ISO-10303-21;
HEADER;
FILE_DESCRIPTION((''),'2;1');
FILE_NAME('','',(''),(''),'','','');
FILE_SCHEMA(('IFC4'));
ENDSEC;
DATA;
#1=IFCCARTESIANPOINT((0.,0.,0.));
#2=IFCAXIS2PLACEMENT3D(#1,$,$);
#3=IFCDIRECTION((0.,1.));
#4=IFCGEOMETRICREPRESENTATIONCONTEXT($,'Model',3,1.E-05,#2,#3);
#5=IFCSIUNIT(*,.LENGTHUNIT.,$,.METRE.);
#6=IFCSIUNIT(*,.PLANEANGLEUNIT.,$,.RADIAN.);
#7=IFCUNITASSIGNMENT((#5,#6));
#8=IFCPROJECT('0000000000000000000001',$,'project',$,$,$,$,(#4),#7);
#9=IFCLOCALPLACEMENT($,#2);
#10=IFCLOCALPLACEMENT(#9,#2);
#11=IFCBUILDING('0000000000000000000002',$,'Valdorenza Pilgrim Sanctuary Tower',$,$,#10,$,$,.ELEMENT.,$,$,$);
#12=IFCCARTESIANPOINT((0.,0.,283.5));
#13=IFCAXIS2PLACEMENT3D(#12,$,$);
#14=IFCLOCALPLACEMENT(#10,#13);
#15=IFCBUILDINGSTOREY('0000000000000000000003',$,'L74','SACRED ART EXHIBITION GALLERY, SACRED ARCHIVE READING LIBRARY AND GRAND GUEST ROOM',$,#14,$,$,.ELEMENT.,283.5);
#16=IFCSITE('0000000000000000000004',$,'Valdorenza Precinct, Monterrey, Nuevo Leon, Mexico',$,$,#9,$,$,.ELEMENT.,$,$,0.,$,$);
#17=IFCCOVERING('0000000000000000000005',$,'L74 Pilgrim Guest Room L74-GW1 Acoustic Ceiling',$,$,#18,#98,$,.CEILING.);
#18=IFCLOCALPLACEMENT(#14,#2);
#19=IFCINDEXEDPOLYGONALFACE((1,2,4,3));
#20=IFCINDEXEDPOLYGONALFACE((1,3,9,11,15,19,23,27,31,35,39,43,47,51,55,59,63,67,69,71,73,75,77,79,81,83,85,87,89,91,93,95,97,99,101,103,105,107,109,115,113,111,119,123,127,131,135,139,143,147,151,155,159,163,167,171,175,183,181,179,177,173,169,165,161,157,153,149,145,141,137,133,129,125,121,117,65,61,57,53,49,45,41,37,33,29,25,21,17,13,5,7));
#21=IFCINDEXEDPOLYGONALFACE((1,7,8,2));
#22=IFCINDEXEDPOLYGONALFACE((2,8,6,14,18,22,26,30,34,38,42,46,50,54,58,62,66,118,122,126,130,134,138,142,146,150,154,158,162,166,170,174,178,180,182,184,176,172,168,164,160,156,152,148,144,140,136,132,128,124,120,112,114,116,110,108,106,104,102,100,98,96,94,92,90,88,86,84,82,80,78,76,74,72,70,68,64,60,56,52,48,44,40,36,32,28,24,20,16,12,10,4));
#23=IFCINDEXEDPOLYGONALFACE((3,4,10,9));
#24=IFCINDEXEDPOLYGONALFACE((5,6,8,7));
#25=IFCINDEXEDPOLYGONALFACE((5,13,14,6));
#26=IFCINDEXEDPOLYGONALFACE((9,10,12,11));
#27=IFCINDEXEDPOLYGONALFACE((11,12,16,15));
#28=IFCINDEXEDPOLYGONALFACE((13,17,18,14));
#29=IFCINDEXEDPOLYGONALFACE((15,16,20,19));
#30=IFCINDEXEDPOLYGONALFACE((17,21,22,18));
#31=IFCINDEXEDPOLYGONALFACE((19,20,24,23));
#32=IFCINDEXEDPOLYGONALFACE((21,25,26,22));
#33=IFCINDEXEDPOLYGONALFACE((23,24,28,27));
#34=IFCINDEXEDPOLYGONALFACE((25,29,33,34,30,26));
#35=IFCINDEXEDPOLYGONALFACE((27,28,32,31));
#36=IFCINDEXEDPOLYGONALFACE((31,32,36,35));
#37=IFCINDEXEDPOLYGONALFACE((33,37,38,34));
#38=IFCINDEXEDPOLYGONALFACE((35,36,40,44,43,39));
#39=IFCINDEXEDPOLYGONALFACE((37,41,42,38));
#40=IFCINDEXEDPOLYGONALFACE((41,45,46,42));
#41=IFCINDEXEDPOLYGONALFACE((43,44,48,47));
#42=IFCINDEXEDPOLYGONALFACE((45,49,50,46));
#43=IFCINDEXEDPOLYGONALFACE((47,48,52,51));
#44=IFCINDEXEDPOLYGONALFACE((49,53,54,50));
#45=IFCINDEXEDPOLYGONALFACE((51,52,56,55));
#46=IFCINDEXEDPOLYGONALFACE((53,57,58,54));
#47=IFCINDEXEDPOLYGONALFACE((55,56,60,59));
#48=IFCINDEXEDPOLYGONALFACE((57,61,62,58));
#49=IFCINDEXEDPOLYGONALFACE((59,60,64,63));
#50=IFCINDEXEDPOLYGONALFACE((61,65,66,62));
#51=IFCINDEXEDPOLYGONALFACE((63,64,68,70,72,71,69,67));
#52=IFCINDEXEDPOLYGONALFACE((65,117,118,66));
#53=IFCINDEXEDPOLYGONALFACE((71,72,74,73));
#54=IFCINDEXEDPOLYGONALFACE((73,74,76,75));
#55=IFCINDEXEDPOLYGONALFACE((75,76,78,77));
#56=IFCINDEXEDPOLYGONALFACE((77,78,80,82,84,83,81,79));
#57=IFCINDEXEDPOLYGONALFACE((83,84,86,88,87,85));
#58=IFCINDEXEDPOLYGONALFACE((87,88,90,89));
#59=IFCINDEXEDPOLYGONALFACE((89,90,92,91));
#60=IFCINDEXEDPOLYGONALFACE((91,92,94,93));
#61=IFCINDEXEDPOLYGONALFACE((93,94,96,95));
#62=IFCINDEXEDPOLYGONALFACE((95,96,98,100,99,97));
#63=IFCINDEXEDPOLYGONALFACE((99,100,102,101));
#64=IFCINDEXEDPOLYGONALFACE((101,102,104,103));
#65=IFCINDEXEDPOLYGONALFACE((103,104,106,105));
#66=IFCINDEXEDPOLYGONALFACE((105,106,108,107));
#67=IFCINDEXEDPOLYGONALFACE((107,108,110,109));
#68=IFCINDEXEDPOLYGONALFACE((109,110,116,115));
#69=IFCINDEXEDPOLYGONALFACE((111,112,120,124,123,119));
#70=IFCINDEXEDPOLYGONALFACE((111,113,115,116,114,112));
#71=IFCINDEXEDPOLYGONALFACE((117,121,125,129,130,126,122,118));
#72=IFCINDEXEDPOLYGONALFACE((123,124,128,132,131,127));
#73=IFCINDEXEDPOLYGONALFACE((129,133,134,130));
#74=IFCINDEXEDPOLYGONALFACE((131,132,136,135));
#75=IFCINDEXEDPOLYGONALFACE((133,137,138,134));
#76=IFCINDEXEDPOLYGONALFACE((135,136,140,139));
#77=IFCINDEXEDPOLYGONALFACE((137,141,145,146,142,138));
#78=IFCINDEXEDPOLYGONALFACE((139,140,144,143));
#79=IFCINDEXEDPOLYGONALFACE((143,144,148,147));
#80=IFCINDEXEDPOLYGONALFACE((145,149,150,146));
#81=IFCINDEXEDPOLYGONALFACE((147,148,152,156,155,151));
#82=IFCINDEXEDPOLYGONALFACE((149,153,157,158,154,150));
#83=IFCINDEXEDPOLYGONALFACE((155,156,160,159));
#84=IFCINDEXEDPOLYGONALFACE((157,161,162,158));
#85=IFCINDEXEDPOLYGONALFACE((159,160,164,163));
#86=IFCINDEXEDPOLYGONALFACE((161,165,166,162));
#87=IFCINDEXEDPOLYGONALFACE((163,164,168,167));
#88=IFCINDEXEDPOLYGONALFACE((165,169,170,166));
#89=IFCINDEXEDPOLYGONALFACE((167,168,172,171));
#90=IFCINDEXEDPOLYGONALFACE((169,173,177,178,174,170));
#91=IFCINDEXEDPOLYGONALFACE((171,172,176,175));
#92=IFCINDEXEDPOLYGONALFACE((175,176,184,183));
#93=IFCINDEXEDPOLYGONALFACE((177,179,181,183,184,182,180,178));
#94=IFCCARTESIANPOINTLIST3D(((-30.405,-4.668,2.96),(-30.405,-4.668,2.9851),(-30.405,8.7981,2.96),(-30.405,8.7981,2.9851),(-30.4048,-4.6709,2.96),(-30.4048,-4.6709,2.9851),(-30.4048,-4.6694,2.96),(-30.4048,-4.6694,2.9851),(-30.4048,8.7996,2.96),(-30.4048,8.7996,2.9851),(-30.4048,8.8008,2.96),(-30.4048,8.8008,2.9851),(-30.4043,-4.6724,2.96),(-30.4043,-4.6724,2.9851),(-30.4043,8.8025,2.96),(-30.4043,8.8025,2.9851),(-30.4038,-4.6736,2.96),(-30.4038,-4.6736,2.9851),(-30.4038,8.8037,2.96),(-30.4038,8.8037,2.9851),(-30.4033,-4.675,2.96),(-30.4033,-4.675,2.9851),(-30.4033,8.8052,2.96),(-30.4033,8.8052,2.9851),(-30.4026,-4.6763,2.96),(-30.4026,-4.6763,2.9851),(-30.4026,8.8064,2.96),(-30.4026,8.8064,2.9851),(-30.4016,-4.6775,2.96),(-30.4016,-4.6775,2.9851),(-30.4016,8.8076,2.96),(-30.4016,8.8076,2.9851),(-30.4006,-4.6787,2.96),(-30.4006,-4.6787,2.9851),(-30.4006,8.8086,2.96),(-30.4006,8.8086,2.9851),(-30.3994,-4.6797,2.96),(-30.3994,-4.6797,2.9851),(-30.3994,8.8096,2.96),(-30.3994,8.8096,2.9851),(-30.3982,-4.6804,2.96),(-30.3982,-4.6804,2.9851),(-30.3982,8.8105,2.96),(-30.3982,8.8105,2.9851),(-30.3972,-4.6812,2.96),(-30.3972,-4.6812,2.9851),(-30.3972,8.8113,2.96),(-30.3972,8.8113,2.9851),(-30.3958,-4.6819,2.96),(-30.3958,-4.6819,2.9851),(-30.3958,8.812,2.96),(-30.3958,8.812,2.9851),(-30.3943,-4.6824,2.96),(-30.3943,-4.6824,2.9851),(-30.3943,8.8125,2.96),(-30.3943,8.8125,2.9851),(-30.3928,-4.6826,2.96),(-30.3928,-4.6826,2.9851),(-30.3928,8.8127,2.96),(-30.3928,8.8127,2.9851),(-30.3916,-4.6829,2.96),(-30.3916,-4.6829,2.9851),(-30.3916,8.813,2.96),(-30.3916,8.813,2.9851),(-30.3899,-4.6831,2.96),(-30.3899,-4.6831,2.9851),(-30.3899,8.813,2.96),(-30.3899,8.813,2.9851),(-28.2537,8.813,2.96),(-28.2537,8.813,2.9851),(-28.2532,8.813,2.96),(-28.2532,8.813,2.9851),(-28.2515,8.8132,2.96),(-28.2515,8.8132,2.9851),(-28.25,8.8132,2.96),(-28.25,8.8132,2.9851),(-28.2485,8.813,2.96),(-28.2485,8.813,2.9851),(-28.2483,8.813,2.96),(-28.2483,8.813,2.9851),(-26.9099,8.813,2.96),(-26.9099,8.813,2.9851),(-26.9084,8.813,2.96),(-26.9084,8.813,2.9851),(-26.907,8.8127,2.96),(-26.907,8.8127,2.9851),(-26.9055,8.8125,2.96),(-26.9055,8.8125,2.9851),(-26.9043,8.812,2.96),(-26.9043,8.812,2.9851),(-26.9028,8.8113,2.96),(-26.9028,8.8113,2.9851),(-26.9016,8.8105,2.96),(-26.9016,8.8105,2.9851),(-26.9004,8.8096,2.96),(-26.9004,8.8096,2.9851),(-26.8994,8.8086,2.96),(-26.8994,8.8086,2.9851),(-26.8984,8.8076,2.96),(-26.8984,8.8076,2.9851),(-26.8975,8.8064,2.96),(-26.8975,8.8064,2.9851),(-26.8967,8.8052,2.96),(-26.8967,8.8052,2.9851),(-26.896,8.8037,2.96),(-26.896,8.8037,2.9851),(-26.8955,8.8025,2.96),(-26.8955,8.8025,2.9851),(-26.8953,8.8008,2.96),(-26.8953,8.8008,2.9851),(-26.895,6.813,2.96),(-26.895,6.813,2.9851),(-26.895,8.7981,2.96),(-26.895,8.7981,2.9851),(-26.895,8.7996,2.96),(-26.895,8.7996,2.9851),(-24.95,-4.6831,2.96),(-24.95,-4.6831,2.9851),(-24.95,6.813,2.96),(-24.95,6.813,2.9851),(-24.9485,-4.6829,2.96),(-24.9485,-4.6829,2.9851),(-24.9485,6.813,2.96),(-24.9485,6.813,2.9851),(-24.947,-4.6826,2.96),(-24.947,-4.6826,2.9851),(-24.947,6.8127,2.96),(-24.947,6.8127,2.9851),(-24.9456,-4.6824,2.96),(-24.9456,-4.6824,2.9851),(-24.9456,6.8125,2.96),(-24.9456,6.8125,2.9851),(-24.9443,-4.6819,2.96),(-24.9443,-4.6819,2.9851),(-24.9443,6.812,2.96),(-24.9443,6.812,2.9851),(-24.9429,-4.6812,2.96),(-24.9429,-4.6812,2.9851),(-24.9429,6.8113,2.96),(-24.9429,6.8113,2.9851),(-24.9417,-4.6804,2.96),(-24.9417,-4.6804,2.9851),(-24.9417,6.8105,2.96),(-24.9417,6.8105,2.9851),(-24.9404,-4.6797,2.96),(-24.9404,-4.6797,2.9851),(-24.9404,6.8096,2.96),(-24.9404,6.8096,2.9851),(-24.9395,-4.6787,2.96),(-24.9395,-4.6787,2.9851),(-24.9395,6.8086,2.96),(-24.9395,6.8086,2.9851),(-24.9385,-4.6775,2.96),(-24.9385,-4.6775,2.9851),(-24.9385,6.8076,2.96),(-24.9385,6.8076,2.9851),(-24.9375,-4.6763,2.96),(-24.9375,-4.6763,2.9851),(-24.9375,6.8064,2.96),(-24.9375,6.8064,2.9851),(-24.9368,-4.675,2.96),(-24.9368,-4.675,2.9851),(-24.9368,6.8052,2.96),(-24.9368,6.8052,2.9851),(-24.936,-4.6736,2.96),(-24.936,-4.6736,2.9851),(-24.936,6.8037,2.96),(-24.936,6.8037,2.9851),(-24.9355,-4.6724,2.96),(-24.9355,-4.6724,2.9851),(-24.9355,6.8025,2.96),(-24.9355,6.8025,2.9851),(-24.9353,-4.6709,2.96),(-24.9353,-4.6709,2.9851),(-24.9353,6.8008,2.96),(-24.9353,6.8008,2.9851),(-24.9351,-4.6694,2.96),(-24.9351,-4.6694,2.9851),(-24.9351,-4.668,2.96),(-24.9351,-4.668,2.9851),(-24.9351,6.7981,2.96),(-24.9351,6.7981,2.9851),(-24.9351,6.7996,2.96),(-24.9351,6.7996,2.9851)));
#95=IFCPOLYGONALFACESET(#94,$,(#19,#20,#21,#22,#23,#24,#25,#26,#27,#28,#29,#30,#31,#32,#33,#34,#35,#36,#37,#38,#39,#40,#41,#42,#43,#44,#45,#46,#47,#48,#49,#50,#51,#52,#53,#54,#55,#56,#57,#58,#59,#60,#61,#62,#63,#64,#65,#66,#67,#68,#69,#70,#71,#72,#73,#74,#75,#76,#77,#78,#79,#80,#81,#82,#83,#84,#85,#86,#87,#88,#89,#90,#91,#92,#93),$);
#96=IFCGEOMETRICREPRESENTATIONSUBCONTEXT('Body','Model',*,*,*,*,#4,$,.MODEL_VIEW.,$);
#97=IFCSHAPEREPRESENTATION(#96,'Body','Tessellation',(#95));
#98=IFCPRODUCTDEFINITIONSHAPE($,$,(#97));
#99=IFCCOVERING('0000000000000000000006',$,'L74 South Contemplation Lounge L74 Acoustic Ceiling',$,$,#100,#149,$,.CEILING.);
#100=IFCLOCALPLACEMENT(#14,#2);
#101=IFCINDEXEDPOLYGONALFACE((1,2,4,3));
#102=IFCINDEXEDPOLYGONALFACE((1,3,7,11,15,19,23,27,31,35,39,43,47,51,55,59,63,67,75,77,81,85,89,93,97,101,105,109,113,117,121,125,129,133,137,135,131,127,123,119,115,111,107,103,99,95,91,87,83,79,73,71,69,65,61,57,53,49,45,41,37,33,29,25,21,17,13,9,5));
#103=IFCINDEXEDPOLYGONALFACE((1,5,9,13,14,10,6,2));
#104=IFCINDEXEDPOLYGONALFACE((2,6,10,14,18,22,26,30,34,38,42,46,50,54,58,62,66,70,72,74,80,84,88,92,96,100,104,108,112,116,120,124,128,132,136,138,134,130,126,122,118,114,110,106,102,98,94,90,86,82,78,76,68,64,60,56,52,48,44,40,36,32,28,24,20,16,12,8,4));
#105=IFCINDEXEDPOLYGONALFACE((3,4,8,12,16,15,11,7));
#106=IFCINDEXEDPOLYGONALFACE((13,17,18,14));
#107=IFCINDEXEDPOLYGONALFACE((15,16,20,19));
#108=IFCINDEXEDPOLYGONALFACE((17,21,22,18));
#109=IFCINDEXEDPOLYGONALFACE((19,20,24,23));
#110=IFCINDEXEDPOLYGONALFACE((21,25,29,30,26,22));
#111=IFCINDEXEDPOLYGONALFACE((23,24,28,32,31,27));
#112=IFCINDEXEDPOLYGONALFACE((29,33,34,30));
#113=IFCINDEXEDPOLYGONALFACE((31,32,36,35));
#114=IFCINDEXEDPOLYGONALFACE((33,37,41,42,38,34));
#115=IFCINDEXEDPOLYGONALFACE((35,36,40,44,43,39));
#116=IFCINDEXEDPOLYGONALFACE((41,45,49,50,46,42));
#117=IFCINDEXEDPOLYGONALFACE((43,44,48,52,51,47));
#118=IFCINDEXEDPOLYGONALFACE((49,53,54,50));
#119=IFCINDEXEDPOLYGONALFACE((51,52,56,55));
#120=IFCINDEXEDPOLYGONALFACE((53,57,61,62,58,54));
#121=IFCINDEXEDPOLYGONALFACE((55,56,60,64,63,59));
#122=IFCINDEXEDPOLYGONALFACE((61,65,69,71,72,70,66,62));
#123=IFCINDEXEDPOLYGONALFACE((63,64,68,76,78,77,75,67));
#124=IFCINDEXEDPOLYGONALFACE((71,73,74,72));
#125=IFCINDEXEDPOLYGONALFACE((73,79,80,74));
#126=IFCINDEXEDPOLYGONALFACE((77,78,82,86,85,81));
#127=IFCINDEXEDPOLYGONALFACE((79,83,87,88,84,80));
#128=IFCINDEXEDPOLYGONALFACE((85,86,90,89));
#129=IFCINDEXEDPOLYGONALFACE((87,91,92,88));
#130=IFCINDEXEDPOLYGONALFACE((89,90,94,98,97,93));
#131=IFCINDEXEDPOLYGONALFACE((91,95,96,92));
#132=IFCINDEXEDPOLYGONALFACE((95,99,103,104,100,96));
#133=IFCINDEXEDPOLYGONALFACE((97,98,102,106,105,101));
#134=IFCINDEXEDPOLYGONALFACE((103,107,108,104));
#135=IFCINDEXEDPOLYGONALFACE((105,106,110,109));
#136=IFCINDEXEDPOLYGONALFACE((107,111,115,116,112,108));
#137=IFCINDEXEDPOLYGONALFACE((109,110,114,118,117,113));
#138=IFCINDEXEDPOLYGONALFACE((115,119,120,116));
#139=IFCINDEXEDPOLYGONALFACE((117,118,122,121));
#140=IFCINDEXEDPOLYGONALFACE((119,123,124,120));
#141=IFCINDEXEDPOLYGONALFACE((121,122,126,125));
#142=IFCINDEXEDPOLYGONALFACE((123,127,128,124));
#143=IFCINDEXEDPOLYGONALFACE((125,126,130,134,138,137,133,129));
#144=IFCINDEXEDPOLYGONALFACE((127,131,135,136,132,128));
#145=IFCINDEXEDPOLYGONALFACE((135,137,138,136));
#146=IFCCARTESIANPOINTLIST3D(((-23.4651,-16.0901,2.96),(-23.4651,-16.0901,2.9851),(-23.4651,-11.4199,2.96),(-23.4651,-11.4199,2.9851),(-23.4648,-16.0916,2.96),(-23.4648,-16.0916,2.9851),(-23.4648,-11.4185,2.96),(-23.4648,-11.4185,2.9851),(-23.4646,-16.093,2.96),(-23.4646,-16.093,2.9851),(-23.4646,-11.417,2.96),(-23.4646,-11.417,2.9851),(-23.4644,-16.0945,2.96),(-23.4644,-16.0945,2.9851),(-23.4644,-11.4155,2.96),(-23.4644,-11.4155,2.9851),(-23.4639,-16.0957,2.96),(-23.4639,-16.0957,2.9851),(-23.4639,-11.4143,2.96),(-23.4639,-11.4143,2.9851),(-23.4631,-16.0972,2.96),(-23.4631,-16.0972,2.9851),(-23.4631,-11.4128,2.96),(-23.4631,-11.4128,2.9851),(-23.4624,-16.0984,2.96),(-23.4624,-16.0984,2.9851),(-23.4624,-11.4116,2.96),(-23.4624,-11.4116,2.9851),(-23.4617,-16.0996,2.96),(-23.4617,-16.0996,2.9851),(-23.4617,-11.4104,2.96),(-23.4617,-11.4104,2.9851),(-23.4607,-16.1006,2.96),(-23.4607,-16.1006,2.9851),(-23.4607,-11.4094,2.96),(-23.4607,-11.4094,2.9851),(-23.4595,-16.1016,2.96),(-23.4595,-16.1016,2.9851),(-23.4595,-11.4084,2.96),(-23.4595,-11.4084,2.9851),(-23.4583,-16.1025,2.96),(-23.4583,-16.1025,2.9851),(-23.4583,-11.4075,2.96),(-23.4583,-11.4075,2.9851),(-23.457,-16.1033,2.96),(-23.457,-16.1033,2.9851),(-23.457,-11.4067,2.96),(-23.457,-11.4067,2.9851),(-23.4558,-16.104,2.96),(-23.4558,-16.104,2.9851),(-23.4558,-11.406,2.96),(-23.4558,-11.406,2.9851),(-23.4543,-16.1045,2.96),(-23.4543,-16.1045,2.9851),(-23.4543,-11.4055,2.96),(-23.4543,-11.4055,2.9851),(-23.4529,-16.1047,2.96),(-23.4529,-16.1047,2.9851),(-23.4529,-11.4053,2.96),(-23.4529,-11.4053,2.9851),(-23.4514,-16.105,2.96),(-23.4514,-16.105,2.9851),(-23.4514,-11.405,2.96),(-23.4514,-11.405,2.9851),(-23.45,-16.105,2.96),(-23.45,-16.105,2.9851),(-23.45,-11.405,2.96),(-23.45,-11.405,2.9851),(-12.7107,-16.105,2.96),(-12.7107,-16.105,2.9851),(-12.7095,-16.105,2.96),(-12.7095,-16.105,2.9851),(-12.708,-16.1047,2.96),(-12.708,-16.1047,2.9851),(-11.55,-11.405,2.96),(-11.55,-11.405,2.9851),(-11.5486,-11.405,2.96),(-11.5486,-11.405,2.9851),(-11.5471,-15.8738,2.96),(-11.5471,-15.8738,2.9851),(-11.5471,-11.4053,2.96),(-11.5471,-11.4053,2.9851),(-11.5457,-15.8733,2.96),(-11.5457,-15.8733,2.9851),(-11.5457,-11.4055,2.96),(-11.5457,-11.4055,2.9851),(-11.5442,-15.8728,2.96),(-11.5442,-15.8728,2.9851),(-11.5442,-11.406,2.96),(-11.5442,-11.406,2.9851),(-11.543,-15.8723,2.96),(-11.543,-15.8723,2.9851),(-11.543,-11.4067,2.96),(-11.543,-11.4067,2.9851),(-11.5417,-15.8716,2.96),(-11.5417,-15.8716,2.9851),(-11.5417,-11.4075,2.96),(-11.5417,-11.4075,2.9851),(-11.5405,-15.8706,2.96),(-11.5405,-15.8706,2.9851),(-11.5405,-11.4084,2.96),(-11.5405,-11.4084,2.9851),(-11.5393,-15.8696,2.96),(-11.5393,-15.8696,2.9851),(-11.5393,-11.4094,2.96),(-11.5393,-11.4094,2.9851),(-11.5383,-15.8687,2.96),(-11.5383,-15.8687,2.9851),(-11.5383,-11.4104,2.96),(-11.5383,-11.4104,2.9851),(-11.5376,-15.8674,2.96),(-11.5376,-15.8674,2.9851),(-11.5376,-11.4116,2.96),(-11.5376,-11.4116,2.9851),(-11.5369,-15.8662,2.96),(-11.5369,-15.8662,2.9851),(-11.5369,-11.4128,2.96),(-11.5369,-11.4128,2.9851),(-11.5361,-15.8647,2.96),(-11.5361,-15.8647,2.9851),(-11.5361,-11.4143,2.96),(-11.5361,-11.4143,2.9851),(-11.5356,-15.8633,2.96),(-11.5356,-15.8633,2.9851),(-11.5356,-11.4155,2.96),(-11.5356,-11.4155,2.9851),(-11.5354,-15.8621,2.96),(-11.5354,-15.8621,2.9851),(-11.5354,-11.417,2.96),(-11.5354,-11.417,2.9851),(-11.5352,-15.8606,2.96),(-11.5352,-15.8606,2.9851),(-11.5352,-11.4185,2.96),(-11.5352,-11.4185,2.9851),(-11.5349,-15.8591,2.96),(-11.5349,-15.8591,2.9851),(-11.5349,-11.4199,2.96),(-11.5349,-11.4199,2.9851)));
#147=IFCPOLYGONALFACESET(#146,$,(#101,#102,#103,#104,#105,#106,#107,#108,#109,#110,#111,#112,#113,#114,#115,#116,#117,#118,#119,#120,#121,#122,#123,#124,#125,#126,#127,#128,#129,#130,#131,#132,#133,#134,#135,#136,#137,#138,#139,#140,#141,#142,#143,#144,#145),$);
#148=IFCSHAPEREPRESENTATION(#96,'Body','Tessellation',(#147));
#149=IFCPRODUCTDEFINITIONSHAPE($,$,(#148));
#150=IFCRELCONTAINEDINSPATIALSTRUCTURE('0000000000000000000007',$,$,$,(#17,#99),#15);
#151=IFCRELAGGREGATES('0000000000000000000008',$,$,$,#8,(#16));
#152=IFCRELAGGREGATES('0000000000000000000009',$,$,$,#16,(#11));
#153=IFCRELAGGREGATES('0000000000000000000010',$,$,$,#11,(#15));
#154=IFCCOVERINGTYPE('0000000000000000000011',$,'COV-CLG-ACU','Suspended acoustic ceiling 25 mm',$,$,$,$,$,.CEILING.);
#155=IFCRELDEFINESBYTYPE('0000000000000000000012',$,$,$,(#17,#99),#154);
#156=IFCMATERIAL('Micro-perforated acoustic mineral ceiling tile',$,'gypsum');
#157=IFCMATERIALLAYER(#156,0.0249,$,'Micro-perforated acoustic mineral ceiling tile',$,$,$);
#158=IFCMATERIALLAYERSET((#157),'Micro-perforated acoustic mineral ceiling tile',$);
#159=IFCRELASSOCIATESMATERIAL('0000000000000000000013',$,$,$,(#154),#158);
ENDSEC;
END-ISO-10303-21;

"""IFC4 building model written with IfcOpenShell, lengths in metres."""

from ifc_helpers import new_model, si_unit, direction, frame, origin, place, context, subcontext, project, spatial, polyline, outline, extrude, material, layer, layer_set, type_object, element, save


model = new_model("IFC4")

# Units and contexts
model_context = context("Model", 3, precision=1e-05, world=origin(), true_north=direction((0.0, 1.0)))
body_context = subcontext(model_context, "Body", "Model", "MODEL_VIEW")
ifc_project = project(units=[si_unit("LENGTHUNIT", "METRE"), si_unit("PLANEANGLEUNIT", "RADIAN")], contexts=[model_context])

# Site, building, storey
site_placement = place(None, origin())
site = spatial("IfcSite", under=ifc_project, at=site_placement, Name="Valdorenza Precinct, Monterrey, Nuevo Leon, Mexico", CompositionType="ELEMENT", RefElevation=0.0)
building_placement = place(site_placement, origin())
building = spatial("IfcBuilding", under=site, at=building_placement, Name="Valdorenza Pilgrim Sanctuary Tower", CompositionType="ELEMENT")
storey_placement = place(building_placement, frame((0.0, 0.0, 283.5)))
storey = spatial("IfcBuildingStorey", under=building, at=storey_placement, Name="L74", Description="SACRED ART EXHIBITION GALLERY, SACRED ARCHIVE READING LIBRARY AND GRAND GUEST ROOM", CompositionType="ELEMENT", Elevation=283.5)

# Coverings
ifc_material_1 = material(Name="Micro-perforated acoustic mineral ceiling tile", Category="gypsum")
ifc_layer_1 = layer(ifc_material_1, 0.0249, Name="Micro-perforated acoustic mineral ceiling tile")
ifc_layer_set_1 = layer_set([ifc_layer_1], Name="Micro-perforated acoustic mineral ceiling tile")
covering_type_1 = type_object("IfcCoveringType", Name="COV-CLG-ACU", Description="Suspended acoustic ceiling 25 mm", PredefinedType="CEILING", material=ifc_layer_set_1)
covering_1_placement = place(storey_placement, frame((0.0, 0.0, 2.96)))
element("IfcCovering", 1, at=covering_1_placement, inside=storey, type_object=covering_type_1, Name="L74 Pilgrim Guest Room L74-GW1 Acoustic Ceiling", PredefinedType="CEILING", context=body_context, shape_type="SweptSolid", body=[
    extrude(outline(polyline([(-30.405, 8.7981), (-30.4048, 8.7996), (-30.4048, 8.8008), (-30.4043, 8.8025), (-30.4038, 8.8037), (-30.4033, 8.8052), (-30.4026, 8.8064), (-30.4016, 8.8076), (-30.4006, 8.8086), (-30.3994, 8.8096), (-30.3982, 8.8105), (-30.3972, 8.8113), (-30.3958, 8.812), (-30.3943, 8.8125), (-30.3928, 8.8127), (-30.3916, 8.813), (-30.3899, 8.813), (-28.2537, 8.813), (-28.2532, 8.813), (-28.2515, 8.8132), (-28.25, 8.8132), (-28.2485, 8.813), (-28.2483, 8.813), (-26.9099, 8.813), (-26.9084, 8.813), (-26.907, 8.8127), (-26.9055, 8.8125), (-26.9043, 8.812), (-26.9028, 8.8113), (-26.9016, 8.8105), (-26.9004, 8.8096), (-26.8994, 8.8086), (-26.8984, 8.8076), (-26.8975, 8.8064), (-26.8967, 8.8052), (-26.896, 8.8037), (-26.8955, 8.8025), (-26.8953, 8.8008), (-26.895, 8.7996), (-26.895, 8.7981), (-26.895, 6.813), (-24.95, 6.813), (-24.9485, 6.813), (-24.947, 6.8127), (-24.9456, 6.8125), (-24.9443, 6.812), (-24.9429, 6.8113), (-24.9417, 6.8105), (-24.9404, 6.8096), (-24.9395, 6.8086), (-24.9385, 6.8076), (-24.9375, 6.8064), (-24.9368, 6.8052), (-24.936, 6.8037), (-24.9355, 6.8025), (-24.9353, 6.8008), (-24.9351, 6.7996), (-24.9351, 6.7981), (-24.9351, -4.668), (-24.9351, -4.6694), (-24.9353, -4.6709), (-24.9355, -4.6724), (-24.936, -4.6736), (-24.9368, -4.675), (-24.9375, -4.6763), (-24.9385, -4.6775), (-24.9395, -4.6787), (-24.9404, -4.6797), (-24.9417, -4.6804), (-24.9429, -4.6812), (-24.9443, -4.6819), (-24.9456, -4.6824), (-24.947, -4.6826), (-24.9485, -4.6829), (-24.95, -4.6831), (-30.3899, -4.6831), (-30.3916, -4.6829), (-30.3928, -4.6826), (-30.3943, -4.6824), (-30.3958, -4.6819), (-30.3972, -4.6812), (-30.3982, -4.6804), (-30.3994, -4.6797), (-30.4006, -4.6787), (-30.4016, -4.6775), (-30.4026, -4.6763), (-30.4033, -4.675), (-30.4038, -4.6736), (-30.4043, -4.6724), (-30.4048, -4.6709), (-30.4048, -4.6694), (-30.405, -4.668), (-30.405, 8.7981)])), origin(), (0.0, 0.0, 1.0), 0.0251),
])
covering_2_placement = place(storey_placement, frame((0.0, 0.0, 2.96)))
element("IfcCovering", 2, at=covering_2_placement, inside=storey, type_object=covering_type_1, Name="L74 South Contemplation Lounge L74 Acoustic Ceiling", PredefinedType="CEILING", context=body_context, shape_type="SweptSolid", body=[
    extrude(outline(polyline([(-11.55, -11.405), (-11.5486, -11.405), (-11.5471, -11.4053), (-11.5457, -11.4055), (-11.5442, -11.406), (-11.543, -11.4067), (-11.5417, -11.4075), (-11.5405, -11.4084), (-11.5393, -11.4094), (-11.5383, -11.4104), (-11.5376, -11.4116), (-11.5369, -11.4128), (-11.5361, -11.4143), (-11.5356, -11.4155), (-11.5354, -11.417), (-11.5352, -11.4185), (-11.5349, -11.4199), (-11.5349, -15.8591), (-11.5352, -15.8606), (-11.5354, -15.8621), (-11.5356, -15.8633), (-11.5361, -15.8647), (-11.5369, -15.8662), (-11.5376, -15.8674), (-11.5383, -15.8687), (-11.5393, -15.8696), (-11.5405, -15.8706), (-11.5417, -15.8716), (-11.543, -15.8723), (-11.5442, -15.8728), (-11.5457, -15.8733), (-11.5471, -15.8738), (-12.708, -16.1047), (-12.7095, -16.105), (-12.7107, -16.105), (-23.45, -16.105), (-23.4514, -16.105), (-23.4529, -16.1047), (-23.4543, -16.1045), (-23.4558, -16.104), (-23.457, -16.1033), (-23.4583, -16.1025), (-23.4595, -16.1016), (-23.4607, -16.1006), (-23.4617, -16.0996), (-23.4624, -16.0984), (-23.4631, -16.0972), (-23.4639, -16.0957), (-23.4644, -16.0945), (-23.4646, -16.093), (-23.4648, -16.0916), (-23.4651, -16.0901), (-23.4651, -11.4199), (-23.4648, -11.4185), (-23.4646, -11.417), (-23.4644, -11.4155), (-23.4639, -11.4143), (-23.4631, -11.4128), (-23.4624, -11.4116), (-23.4617, -11.4104), (-23.4607, -11.4094), (-23.4595, -11.4084), (-23.4583, -11.4075), (-23.457, -11.4067), (-23.4558, -11.406), (-23.4543, -11.4055), (-23.4529, -11.4053), (-23.4514, -11.405), (-23.45, -11.405), (-11.55, -11.405)])), origin(), (0.0, 0.0, 1.0), 0.0251),
])

save(model, "model.ifc")
